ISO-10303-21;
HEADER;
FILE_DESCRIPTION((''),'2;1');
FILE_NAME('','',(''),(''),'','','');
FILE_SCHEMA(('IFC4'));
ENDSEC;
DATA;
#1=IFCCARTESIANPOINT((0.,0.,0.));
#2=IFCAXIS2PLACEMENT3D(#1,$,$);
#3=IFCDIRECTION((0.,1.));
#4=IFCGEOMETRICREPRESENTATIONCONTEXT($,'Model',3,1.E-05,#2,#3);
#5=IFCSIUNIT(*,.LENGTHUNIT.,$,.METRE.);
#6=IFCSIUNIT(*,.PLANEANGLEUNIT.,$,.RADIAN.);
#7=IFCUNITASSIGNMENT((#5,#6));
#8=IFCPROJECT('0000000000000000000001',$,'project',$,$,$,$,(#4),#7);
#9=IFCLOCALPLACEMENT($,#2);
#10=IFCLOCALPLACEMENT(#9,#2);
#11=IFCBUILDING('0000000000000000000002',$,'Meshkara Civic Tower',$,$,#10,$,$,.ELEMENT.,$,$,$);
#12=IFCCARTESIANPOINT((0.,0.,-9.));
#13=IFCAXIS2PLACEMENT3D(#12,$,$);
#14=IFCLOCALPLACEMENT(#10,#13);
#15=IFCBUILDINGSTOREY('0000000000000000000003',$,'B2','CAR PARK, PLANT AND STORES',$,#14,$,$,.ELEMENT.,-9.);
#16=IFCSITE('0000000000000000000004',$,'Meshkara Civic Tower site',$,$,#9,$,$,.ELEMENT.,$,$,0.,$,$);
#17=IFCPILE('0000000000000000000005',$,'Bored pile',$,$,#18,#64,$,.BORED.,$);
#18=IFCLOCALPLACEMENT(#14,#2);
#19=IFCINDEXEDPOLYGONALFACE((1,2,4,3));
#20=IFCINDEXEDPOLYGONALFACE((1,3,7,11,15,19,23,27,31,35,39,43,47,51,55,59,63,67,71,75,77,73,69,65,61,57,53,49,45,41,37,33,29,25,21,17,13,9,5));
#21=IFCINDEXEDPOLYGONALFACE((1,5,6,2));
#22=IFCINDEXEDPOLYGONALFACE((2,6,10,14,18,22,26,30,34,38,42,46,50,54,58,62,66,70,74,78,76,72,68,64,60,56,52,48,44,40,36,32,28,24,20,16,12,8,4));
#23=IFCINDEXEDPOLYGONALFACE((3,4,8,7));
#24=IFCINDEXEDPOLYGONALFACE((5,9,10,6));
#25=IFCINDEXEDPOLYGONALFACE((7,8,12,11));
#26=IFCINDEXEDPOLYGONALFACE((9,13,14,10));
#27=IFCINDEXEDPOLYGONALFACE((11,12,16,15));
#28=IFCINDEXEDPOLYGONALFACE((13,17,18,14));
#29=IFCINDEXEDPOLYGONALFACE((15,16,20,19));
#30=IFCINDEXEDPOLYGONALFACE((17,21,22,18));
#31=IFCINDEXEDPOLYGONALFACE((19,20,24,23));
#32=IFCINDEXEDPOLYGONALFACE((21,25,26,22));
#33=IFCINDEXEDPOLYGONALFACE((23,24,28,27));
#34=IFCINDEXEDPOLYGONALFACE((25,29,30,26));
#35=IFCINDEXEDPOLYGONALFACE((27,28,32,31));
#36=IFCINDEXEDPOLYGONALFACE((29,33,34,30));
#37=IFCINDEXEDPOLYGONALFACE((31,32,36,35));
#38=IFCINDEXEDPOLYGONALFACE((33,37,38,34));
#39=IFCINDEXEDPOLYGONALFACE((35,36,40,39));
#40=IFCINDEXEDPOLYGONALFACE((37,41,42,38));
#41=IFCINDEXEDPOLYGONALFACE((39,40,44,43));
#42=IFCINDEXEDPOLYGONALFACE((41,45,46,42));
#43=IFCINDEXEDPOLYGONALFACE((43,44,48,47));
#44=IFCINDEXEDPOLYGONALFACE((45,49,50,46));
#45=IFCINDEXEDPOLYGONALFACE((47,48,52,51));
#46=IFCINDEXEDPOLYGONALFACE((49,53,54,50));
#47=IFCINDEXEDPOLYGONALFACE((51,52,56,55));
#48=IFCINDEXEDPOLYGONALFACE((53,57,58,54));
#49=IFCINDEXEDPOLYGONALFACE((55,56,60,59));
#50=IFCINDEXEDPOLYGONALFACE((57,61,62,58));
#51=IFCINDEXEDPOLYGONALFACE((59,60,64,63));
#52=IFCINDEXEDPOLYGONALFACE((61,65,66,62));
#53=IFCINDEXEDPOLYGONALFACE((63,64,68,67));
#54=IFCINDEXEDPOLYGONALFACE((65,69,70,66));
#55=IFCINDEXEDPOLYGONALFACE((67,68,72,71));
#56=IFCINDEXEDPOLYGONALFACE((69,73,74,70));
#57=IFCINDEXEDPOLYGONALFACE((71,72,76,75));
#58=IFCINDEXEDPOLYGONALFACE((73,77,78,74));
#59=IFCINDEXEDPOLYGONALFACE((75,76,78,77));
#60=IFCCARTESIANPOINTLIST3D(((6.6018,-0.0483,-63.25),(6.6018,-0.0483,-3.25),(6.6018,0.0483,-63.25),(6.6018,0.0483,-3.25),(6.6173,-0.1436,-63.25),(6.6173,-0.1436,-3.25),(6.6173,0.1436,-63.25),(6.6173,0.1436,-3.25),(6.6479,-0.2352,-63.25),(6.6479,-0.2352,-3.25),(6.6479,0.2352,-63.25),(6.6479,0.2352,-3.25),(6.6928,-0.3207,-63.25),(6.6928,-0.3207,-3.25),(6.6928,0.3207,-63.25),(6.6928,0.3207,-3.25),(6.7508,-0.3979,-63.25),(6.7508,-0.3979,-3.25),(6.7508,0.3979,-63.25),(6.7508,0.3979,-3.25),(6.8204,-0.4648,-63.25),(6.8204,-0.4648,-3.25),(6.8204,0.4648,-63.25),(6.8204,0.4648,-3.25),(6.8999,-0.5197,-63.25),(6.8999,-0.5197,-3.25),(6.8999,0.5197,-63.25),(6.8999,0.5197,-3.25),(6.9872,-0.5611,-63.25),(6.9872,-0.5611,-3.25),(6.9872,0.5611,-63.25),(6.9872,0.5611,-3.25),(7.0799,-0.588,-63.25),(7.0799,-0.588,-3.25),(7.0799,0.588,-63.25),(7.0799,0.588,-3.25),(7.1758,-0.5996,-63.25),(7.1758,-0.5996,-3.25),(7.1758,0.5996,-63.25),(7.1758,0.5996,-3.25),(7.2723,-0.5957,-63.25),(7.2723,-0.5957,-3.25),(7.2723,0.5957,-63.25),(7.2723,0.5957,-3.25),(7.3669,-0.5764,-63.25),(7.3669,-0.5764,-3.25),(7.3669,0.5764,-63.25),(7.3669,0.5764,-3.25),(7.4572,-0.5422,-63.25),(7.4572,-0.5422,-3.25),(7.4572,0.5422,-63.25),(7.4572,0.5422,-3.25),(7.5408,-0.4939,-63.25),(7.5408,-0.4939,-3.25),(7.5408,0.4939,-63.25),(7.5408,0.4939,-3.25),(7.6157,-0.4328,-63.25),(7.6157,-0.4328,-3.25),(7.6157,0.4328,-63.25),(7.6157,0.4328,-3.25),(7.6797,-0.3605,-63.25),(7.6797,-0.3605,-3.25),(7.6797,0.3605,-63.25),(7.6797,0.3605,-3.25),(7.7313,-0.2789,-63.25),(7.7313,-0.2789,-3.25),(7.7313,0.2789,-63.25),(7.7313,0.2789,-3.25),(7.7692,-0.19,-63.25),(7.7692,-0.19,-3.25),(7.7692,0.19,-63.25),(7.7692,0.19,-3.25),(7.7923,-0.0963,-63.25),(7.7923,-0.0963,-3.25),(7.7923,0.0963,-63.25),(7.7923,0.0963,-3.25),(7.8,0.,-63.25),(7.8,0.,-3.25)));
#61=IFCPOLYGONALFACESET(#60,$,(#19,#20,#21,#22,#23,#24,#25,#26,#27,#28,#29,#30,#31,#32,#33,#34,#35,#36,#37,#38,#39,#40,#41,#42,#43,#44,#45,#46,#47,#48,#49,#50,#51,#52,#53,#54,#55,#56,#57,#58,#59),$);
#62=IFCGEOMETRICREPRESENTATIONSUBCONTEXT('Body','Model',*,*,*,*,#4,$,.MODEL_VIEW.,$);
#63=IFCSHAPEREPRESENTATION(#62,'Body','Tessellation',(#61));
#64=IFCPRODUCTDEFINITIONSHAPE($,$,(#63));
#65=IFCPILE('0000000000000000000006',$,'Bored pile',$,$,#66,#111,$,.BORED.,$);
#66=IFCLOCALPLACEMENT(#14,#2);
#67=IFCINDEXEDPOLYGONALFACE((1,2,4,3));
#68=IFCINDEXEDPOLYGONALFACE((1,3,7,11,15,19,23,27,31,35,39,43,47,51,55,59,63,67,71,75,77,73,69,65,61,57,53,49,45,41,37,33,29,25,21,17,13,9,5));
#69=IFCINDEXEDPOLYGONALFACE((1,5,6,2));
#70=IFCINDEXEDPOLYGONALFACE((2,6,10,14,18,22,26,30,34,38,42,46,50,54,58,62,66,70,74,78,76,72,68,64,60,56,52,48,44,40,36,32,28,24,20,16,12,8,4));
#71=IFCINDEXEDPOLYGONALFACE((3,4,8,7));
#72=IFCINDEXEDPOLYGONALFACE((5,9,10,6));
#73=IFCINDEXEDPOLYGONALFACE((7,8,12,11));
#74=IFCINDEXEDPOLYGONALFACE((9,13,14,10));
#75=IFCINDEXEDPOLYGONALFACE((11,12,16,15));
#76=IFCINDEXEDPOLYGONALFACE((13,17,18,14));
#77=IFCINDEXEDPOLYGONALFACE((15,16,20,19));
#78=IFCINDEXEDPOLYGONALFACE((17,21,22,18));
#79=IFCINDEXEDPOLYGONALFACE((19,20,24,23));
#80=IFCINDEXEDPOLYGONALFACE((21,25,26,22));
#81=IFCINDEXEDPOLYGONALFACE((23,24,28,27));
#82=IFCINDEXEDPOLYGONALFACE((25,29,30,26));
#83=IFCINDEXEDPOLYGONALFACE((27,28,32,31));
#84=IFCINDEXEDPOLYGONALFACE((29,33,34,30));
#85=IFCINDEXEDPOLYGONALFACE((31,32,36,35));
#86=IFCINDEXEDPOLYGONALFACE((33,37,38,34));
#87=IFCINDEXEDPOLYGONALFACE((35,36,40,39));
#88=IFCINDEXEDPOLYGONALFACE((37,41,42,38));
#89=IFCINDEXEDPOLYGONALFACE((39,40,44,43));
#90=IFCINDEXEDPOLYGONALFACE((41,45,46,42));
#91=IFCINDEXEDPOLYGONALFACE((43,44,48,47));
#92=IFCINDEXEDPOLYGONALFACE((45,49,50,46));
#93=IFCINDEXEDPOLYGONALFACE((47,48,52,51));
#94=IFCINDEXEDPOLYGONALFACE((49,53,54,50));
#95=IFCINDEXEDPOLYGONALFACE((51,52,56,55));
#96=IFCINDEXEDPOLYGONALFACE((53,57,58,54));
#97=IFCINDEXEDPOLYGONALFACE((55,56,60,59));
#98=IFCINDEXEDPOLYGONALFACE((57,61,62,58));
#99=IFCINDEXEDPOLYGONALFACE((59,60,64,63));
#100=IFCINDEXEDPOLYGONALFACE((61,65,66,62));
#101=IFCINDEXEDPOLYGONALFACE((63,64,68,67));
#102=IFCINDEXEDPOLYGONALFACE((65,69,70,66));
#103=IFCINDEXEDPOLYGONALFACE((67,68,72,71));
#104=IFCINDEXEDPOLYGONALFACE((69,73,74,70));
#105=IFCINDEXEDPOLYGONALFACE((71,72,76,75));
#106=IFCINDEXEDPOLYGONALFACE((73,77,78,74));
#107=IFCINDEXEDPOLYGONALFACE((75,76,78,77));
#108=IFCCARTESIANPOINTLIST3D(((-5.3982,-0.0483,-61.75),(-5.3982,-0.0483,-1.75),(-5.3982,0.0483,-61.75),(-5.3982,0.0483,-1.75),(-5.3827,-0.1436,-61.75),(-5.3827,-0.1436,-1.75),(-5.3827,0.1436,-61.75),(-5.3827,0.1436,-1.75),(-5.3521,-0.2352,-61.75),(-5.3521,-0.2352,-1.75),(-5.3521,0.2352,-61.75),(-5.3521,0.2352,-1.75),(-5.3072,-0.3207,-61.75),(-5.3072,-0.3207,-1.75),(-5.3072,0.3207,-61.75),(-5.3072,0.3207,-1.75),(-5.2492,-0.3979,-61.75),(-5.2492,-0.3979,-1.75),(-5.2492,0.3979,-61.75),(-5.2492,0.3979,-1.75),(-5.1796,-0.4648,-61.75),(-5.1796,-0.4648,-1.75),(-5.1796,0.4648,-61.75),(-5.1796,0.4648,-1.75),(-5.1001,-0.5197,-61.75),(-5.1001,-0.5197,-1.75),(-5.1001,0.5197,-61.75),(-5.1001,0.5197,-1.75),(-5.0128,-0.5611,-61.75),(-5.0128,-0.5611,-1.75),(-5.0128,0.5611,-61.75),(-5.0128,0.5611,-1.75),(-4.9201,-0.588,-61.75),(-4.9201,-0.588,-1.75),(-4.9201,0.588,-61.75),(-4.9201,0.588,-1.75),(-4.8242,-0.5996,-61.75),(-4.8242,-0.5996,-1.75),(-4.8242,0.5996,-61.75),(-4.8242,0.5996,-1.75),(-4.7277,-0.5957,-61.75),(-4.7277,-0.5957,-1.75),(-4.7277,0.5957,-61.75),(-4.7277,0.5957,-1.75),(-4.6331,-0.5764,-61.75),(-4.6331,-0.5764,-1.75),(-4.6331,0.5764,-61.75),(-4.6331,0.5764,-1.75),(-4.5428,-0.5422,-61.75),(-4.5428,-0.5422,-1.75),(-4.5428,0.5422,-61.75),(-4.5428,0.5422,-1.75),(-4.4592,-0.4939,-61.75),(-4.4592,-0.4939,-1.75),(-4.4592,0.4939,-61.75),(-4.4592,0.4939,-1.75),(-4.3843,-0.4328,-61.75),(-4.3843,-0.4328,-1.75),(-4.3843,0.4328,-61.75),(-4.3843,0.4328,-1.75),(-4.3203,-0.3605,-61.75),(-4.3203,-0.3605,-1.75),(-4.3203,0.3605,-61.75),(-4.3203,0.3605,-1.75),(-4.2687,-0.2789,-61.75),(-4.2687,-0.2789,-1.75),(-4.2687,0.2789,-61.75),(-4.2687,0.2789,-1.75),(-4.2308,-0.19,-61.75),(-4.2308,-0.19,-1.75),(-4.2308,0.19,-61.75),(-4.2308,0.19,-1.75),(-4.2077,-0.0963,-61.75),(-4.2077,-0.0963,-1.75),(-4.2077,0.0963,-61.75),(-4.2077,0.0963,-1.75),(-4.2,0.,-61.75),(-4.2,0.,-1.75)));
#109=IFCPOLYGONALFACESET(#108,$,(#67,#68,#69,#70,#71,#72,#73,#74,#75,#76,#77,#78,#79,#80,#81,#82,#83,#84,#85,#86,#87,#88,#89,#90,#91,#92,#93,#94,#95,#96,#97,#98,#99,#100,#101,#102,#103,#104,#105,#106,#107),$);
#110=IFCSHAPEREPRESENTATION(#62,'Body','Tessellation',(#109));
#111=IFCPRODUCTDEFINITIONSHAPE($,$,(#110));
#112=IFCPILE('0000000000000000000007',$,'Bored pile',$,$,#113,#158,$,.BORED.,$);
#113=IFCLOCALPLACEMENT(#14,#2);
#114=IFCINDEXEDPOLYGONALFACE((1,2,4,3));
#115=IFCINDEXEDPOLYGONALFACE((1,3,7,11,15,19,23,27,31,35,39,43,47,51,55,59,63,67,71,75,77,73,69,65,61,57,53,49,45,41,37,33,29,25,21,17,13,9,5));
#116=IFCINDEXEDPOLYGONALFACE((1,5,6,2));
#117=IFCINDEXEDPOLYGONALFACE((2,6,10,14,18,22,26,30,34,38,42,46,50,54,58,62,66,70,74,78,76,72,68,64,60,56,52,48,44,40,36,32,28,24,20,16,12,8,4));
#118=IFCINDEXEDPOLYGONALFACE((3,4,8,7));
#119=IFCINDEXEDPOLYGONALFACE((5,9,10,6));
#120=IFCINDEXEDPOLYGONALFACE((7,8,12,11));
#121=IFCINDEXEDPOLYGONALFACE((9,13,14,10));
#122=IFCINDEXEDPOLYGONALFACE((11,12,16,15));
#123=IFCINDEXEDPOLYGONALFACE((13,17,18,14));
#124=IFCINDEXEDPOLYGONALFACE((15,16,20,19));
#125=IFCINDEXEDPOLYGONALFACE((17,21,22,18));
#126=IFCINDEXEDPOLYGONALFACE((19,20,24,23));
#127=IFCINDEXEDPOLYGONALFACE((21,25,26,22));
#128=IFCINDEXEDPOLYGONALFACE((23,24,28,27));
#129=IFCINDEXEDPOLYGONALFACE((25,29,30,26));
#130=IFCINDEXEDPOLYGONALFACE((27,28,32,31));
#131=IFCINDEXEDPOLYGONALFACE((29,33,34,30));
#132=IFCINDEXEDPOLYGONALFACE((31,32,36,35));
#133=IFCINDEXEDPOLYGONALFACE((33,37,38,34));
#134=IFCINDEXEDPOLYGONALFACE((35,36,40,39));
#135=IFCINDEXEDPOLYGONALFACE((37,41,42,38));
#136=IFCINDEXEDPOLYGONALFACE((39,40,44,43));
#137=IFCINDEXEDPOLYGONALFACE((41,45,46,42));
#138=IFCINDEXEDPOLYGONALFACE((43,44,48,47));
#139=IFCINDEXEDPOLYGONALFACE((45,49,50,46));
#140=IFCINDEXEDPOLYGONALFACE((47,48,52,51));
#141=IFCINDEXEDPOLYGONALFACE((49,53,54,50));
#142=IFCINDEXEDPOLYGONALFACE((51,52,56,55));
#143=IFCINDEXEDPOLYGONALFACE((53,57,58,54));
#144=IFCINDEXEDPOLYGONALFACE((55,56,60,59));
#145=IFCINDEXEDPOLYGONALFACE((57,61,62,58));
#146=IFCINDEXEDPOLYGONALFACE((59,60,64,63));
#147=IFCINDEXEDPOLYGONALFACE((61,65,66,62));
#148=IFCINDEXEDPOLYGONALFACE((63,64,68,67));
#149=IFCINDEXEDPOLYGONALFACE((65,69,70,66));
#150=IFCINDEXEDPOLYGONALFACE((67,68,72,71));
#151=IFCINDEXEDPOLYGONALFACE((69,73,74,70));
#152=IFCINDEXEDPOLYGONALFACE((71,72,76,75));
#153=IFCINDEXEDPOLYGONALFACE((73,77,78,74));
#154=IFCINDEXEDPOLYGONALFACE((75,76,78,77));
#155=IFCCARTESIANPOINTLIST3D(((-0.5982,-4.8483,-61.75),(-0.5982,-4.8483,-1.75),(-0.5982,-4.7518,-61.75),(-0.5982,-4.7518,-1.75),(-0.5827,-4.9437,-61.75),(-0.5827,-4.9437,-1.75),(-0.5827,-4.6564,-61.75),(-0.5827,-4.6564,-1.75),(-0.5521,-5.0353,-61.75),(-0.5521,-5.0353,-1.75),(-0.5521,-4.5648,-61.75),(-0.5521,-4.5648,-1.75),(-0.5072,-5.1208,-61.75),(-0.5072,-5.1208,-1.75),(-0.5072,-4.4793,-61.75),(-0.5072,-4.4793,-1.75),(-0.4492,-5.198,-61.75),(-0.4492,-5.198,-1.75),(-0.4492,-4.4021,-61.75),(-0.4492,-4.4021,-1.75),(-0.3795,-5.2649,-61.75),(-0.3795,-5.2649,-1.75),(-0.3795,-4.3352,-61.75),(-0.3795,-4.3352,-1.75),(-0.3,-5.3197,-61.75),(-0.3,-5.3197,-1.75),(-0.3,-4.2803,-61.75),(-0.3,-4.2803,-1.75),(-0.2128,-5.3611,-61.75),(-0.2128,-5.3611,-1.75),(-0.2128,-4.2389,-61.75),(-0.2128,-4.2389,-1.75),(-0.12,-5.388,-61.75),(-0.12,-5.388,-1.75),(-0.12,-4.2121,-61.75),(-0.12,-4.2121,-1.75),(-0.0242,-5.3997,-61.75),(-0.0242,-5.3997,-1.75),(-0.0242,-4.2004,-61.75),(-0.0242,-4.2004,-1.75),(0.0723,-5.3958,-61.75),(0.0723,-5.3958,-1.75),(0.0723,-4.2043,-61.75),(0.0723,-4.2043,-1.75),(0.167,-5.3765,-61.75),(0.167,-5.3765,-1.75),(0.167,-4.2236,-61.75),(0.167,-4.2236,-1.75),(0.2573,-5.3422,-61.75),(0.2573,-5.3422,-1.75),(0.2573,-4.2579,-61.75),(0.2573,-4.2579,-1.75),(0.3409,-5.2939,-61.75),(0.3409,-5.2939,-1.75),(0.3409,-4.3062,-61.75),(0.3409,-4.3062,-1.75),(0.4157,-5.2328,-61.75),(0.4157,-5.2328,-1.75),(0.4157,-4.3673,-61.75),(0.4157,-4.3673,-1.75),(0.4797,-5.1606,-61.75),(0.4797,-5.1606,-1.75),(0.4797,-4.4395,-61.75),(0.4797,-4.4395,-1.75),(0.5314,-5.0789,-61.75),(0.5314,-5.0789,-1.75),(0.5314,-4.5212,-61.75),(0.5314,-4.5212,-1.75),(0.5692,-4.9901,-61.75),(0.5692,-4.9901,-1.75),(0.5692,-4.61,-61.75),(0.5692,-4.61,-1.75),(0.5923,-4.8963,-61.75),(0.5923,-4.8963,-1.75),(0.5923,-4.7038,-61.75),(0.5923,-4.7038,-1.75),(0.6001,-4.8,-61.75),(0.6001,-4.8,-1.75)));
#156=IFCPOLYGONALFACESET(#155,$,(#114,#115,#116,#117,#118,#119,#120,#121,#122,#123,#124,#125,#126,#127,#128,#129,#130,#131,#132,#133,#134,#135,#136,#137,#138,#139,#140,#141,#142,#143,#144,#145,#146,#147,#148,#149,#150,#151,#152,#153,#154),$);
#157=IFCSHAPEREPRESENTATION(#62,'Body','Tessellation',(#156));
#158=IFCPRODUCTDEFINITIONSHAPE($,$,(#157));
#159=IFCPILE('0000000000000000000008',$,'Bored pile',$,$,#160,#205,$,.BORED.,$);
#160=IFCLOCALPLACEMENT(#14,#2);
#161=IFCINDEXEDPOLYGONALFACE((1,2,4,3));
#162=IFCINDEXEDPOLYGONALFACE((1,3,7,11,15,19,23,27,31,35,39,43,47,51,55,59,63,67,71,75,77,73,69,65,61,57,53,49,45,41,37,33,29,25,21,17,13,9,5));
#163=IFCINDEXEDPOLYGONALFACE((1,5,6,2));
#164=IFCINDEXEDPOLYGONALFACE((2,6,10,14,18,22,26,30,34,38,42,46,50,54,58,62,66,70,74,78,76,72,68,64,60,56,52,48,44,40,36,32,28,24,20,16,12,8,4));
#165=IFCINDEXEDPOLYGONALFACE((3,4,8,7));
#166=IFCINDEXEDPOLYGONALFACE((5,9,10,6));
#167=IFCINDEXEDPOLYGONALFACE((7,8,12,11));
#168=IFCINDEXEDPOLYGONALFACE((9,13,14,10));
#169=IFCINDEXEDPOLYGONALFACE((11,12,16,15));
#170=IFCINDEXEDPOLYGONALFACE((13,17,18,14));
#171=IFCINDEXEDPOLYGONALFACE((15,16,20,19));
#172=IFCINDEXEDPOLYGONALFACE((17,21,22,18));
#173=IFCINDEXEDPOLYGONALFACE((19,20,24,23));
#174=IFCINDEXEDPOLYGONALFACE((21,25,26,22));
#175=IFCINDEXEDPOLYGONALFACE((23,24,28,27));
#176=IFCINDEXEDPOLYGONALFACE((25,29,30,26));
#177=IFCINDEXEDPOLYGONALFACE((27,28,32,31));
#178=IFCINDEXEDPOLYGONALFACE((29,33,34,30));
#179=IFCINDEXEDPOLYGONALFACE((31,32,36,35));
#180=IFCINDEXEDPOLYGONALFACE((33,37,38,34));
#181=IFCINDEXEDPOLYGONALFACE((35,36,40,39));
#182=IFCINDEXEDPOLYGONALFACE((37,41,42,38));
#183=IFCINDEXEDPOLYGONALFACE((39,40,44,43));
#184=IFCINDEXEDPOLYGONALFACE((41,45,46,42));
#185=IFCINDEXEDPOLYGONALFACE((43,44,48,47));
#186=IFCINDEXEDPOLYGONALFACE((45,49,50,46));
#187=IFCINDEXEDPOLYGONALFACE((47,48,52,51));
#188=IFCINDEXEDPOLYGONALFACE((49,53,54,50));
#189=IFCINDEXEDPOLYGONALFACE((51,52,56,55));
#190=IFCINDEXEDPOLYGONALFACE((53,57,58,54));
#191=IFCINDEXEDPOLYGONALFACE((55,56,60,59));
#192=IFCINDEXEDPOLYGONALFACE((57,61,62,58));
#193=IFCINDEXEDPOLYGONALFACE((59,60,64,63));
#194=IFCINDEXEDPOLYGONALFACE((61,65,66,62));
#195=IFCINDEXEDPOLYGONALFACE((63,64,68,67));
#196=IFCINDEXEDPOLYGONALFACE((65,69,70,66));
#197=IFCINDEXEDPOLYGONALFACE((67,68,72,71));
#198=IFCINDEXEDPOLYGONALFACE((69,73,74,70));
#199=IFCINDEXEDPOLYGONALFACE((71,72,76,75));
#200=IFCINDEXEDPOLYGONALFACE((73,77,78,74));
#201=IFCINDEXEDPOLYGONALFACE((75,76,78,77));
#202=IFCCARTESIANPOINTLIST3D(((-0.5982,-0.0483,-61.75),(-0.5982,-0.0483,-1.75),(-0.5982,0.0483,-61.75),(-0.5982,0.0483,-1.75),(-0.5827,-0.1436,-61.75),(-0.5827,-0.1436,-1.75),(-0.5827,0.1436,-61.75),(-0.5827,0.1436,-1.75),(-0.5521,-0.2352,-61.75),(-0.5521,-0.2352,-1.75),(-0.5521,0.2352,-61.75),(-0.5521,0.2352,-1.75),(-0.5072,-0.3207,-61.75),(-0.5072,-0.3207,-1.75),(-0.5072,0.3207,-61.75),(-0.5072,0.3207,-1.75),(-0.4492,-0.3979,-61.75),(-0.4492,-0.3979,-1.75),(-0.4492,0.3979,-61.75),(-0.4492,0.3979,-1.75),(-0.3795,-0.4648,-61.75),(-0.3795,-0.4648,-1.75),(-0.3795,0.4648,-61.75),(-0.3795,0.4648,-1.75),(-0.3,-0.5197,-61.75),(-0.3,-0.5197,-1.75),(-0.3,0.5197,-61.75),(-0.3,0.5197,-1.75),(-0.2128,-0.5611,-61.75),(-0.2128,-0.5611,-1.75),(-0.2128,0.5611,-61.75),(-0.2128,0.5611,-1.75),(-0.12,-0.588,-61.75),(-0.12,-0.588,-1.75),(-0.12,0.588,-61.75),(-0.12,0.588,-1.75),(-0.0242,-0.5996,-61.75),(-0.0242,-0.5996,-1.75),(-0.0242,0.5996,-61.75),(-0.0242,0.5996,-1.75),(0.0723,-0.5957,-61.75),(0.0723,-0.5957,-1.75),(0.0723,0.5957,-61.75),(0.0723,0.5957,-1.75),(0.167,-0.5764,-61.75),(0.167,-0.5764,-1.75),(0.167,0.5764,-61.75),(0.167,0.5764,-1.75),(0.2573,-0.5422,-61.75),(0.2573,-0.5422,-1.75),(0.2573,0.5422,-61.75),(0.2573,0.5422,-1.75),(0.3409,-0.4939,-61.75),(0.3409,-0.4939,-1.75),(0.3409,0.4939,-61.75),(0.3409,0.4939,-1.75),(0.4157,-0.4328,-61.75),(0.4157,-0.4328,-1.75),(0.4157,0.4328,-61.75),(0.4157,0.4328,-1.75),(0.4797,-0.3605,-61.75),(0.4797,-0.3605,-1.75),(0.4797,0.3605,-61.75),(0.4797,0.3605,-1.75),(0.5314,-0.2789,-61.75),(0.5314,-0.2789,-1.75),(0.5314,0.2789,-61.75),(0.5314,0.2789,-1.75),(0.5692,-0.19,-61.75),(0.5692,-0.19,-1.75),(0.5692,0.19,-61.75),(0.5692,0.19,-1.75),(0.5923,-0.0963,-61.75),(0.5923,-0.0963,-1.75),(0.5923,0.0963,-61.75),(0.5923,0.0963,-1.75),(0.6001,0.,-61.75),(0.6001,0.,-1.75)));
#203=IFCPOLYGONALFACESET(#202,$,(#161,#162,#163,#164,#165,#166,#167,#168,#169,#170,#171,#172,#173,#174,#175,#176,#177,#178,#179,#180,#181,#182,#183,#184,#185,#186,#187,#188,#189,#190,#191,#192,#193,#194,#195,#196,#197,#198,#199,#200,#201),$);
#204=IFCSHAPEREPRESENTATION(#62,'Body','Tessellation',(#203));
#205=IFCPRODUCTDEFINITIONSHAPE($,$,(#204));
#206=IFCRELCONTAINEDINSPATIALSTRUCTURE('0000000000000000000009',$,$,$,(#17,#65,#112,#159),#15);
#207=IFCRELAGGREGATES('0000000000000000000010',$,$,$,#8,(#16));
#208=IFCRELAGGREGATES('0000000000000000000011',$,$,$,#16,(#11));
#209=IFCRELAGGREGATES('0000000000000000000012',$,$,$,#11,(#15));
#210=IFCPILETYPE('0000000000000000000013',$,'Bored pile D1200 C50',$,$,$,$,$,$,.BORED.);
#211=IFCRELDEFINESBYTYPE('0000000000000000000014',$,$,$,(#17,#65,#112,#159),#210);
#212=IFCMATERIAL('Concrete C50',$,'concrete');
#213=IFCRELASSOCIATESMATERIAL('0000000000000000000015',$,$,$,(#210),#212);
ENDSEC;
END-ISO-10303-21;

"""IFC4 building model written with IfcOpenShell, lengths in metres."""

from ifc_helpers import new_model, si_unit, direction, frame, origin, origin_2d, place, context, subcontext, project, spatial, circle, extrude, material, material_profile, profile_set, type_object, element, save


model = new_model("IFC4")

# Units and contexts
model_context = context("Model", 3, precision=1e-05, world=origin(), true_north=direction((0.0, 1.0)))
body_context = subcontext(model_context, "Body", "Model", "MODEL_VIEW")
ifc_project = project(units=[si_unit("LENGTHUNIT", "METRE"), si_unit("PLANEANGLEUNIT", "RADIAN")], contexts=[model_context])

# Site, building, storey
site_placement = place(None, origin())
site = spatial("IfcSite", under=ifc_project, at=site_placement, Name="Meshkara Civic Tower site", CompositionType="ELEMENT", RefElevation=0.0)
building_placement = place(site_placement, origin())
building = spatial("IfcBuilding", under=site, at=building_placement, Name="Meshkara Civic Tower", CompositionType="ELEMENT")
storey_placement = place(building_placement, frame((0.0, 0.0, -9.0)))
storey = spatial("IfcBuildingStorey", under=building, at=storey_placement, Name="B2", Description="CAR PARK, PLANT AND STORES", CompositionType="ELEMENT", Elevation=-9.0)

# Piles
ifc_material_1 = material(Name="Concrete C50", Category="concrete")
ifc_material_profile_1 = material_profile(ifc_material_1, circle(Radius=0.6001, at=origin_2d()))
ifc_profile_set_1 = profile_set([ifc_material_profile_1], Name="Concrete C50")
pile_type = type_object("IfcPileType", Name="Bored pile D1200 C50", PredefinedType="BORED", material=ifc_profile_set_1)
for number, where, z_axis, x_axis, name in (
    (1, (7.2, 0.0, -3.25), (0.0, 0.0, -1.0), (1.0, 0.0, 0.0), "Bored pile"),
    (2, (-4.8, 0.0, -1.75), (0.0, 0.0, -1.0), (1.0, 0.0, 0.0), "Bored pile"),
    (3, (0.0, -4.8, -1.75), (0.0, 0.0, -1.0), (1.0, 0.0, 0.0), "Bored pile"),
    (4, (0.0, 0.0, -1.75), (0.0, 0.0, -1.0), (1.0, 0.0, 0.0), "Bored pile"),
):
    element("IfcPile", number, at=place(storey_placement, frame(where, z_axis=z_axis, x_axis=x_axis)), inside=storey, type_object=pile_type, Name=name, PredefinedType="BORED", context=body_context, shape_type="SweptSolid", body=[
        extrude(circle(Radius=0.6001, at=origin_2d()), origin(), (0.0, 0.0, 1.0), 60.0),
    ])

save(model, "model.ifc")
